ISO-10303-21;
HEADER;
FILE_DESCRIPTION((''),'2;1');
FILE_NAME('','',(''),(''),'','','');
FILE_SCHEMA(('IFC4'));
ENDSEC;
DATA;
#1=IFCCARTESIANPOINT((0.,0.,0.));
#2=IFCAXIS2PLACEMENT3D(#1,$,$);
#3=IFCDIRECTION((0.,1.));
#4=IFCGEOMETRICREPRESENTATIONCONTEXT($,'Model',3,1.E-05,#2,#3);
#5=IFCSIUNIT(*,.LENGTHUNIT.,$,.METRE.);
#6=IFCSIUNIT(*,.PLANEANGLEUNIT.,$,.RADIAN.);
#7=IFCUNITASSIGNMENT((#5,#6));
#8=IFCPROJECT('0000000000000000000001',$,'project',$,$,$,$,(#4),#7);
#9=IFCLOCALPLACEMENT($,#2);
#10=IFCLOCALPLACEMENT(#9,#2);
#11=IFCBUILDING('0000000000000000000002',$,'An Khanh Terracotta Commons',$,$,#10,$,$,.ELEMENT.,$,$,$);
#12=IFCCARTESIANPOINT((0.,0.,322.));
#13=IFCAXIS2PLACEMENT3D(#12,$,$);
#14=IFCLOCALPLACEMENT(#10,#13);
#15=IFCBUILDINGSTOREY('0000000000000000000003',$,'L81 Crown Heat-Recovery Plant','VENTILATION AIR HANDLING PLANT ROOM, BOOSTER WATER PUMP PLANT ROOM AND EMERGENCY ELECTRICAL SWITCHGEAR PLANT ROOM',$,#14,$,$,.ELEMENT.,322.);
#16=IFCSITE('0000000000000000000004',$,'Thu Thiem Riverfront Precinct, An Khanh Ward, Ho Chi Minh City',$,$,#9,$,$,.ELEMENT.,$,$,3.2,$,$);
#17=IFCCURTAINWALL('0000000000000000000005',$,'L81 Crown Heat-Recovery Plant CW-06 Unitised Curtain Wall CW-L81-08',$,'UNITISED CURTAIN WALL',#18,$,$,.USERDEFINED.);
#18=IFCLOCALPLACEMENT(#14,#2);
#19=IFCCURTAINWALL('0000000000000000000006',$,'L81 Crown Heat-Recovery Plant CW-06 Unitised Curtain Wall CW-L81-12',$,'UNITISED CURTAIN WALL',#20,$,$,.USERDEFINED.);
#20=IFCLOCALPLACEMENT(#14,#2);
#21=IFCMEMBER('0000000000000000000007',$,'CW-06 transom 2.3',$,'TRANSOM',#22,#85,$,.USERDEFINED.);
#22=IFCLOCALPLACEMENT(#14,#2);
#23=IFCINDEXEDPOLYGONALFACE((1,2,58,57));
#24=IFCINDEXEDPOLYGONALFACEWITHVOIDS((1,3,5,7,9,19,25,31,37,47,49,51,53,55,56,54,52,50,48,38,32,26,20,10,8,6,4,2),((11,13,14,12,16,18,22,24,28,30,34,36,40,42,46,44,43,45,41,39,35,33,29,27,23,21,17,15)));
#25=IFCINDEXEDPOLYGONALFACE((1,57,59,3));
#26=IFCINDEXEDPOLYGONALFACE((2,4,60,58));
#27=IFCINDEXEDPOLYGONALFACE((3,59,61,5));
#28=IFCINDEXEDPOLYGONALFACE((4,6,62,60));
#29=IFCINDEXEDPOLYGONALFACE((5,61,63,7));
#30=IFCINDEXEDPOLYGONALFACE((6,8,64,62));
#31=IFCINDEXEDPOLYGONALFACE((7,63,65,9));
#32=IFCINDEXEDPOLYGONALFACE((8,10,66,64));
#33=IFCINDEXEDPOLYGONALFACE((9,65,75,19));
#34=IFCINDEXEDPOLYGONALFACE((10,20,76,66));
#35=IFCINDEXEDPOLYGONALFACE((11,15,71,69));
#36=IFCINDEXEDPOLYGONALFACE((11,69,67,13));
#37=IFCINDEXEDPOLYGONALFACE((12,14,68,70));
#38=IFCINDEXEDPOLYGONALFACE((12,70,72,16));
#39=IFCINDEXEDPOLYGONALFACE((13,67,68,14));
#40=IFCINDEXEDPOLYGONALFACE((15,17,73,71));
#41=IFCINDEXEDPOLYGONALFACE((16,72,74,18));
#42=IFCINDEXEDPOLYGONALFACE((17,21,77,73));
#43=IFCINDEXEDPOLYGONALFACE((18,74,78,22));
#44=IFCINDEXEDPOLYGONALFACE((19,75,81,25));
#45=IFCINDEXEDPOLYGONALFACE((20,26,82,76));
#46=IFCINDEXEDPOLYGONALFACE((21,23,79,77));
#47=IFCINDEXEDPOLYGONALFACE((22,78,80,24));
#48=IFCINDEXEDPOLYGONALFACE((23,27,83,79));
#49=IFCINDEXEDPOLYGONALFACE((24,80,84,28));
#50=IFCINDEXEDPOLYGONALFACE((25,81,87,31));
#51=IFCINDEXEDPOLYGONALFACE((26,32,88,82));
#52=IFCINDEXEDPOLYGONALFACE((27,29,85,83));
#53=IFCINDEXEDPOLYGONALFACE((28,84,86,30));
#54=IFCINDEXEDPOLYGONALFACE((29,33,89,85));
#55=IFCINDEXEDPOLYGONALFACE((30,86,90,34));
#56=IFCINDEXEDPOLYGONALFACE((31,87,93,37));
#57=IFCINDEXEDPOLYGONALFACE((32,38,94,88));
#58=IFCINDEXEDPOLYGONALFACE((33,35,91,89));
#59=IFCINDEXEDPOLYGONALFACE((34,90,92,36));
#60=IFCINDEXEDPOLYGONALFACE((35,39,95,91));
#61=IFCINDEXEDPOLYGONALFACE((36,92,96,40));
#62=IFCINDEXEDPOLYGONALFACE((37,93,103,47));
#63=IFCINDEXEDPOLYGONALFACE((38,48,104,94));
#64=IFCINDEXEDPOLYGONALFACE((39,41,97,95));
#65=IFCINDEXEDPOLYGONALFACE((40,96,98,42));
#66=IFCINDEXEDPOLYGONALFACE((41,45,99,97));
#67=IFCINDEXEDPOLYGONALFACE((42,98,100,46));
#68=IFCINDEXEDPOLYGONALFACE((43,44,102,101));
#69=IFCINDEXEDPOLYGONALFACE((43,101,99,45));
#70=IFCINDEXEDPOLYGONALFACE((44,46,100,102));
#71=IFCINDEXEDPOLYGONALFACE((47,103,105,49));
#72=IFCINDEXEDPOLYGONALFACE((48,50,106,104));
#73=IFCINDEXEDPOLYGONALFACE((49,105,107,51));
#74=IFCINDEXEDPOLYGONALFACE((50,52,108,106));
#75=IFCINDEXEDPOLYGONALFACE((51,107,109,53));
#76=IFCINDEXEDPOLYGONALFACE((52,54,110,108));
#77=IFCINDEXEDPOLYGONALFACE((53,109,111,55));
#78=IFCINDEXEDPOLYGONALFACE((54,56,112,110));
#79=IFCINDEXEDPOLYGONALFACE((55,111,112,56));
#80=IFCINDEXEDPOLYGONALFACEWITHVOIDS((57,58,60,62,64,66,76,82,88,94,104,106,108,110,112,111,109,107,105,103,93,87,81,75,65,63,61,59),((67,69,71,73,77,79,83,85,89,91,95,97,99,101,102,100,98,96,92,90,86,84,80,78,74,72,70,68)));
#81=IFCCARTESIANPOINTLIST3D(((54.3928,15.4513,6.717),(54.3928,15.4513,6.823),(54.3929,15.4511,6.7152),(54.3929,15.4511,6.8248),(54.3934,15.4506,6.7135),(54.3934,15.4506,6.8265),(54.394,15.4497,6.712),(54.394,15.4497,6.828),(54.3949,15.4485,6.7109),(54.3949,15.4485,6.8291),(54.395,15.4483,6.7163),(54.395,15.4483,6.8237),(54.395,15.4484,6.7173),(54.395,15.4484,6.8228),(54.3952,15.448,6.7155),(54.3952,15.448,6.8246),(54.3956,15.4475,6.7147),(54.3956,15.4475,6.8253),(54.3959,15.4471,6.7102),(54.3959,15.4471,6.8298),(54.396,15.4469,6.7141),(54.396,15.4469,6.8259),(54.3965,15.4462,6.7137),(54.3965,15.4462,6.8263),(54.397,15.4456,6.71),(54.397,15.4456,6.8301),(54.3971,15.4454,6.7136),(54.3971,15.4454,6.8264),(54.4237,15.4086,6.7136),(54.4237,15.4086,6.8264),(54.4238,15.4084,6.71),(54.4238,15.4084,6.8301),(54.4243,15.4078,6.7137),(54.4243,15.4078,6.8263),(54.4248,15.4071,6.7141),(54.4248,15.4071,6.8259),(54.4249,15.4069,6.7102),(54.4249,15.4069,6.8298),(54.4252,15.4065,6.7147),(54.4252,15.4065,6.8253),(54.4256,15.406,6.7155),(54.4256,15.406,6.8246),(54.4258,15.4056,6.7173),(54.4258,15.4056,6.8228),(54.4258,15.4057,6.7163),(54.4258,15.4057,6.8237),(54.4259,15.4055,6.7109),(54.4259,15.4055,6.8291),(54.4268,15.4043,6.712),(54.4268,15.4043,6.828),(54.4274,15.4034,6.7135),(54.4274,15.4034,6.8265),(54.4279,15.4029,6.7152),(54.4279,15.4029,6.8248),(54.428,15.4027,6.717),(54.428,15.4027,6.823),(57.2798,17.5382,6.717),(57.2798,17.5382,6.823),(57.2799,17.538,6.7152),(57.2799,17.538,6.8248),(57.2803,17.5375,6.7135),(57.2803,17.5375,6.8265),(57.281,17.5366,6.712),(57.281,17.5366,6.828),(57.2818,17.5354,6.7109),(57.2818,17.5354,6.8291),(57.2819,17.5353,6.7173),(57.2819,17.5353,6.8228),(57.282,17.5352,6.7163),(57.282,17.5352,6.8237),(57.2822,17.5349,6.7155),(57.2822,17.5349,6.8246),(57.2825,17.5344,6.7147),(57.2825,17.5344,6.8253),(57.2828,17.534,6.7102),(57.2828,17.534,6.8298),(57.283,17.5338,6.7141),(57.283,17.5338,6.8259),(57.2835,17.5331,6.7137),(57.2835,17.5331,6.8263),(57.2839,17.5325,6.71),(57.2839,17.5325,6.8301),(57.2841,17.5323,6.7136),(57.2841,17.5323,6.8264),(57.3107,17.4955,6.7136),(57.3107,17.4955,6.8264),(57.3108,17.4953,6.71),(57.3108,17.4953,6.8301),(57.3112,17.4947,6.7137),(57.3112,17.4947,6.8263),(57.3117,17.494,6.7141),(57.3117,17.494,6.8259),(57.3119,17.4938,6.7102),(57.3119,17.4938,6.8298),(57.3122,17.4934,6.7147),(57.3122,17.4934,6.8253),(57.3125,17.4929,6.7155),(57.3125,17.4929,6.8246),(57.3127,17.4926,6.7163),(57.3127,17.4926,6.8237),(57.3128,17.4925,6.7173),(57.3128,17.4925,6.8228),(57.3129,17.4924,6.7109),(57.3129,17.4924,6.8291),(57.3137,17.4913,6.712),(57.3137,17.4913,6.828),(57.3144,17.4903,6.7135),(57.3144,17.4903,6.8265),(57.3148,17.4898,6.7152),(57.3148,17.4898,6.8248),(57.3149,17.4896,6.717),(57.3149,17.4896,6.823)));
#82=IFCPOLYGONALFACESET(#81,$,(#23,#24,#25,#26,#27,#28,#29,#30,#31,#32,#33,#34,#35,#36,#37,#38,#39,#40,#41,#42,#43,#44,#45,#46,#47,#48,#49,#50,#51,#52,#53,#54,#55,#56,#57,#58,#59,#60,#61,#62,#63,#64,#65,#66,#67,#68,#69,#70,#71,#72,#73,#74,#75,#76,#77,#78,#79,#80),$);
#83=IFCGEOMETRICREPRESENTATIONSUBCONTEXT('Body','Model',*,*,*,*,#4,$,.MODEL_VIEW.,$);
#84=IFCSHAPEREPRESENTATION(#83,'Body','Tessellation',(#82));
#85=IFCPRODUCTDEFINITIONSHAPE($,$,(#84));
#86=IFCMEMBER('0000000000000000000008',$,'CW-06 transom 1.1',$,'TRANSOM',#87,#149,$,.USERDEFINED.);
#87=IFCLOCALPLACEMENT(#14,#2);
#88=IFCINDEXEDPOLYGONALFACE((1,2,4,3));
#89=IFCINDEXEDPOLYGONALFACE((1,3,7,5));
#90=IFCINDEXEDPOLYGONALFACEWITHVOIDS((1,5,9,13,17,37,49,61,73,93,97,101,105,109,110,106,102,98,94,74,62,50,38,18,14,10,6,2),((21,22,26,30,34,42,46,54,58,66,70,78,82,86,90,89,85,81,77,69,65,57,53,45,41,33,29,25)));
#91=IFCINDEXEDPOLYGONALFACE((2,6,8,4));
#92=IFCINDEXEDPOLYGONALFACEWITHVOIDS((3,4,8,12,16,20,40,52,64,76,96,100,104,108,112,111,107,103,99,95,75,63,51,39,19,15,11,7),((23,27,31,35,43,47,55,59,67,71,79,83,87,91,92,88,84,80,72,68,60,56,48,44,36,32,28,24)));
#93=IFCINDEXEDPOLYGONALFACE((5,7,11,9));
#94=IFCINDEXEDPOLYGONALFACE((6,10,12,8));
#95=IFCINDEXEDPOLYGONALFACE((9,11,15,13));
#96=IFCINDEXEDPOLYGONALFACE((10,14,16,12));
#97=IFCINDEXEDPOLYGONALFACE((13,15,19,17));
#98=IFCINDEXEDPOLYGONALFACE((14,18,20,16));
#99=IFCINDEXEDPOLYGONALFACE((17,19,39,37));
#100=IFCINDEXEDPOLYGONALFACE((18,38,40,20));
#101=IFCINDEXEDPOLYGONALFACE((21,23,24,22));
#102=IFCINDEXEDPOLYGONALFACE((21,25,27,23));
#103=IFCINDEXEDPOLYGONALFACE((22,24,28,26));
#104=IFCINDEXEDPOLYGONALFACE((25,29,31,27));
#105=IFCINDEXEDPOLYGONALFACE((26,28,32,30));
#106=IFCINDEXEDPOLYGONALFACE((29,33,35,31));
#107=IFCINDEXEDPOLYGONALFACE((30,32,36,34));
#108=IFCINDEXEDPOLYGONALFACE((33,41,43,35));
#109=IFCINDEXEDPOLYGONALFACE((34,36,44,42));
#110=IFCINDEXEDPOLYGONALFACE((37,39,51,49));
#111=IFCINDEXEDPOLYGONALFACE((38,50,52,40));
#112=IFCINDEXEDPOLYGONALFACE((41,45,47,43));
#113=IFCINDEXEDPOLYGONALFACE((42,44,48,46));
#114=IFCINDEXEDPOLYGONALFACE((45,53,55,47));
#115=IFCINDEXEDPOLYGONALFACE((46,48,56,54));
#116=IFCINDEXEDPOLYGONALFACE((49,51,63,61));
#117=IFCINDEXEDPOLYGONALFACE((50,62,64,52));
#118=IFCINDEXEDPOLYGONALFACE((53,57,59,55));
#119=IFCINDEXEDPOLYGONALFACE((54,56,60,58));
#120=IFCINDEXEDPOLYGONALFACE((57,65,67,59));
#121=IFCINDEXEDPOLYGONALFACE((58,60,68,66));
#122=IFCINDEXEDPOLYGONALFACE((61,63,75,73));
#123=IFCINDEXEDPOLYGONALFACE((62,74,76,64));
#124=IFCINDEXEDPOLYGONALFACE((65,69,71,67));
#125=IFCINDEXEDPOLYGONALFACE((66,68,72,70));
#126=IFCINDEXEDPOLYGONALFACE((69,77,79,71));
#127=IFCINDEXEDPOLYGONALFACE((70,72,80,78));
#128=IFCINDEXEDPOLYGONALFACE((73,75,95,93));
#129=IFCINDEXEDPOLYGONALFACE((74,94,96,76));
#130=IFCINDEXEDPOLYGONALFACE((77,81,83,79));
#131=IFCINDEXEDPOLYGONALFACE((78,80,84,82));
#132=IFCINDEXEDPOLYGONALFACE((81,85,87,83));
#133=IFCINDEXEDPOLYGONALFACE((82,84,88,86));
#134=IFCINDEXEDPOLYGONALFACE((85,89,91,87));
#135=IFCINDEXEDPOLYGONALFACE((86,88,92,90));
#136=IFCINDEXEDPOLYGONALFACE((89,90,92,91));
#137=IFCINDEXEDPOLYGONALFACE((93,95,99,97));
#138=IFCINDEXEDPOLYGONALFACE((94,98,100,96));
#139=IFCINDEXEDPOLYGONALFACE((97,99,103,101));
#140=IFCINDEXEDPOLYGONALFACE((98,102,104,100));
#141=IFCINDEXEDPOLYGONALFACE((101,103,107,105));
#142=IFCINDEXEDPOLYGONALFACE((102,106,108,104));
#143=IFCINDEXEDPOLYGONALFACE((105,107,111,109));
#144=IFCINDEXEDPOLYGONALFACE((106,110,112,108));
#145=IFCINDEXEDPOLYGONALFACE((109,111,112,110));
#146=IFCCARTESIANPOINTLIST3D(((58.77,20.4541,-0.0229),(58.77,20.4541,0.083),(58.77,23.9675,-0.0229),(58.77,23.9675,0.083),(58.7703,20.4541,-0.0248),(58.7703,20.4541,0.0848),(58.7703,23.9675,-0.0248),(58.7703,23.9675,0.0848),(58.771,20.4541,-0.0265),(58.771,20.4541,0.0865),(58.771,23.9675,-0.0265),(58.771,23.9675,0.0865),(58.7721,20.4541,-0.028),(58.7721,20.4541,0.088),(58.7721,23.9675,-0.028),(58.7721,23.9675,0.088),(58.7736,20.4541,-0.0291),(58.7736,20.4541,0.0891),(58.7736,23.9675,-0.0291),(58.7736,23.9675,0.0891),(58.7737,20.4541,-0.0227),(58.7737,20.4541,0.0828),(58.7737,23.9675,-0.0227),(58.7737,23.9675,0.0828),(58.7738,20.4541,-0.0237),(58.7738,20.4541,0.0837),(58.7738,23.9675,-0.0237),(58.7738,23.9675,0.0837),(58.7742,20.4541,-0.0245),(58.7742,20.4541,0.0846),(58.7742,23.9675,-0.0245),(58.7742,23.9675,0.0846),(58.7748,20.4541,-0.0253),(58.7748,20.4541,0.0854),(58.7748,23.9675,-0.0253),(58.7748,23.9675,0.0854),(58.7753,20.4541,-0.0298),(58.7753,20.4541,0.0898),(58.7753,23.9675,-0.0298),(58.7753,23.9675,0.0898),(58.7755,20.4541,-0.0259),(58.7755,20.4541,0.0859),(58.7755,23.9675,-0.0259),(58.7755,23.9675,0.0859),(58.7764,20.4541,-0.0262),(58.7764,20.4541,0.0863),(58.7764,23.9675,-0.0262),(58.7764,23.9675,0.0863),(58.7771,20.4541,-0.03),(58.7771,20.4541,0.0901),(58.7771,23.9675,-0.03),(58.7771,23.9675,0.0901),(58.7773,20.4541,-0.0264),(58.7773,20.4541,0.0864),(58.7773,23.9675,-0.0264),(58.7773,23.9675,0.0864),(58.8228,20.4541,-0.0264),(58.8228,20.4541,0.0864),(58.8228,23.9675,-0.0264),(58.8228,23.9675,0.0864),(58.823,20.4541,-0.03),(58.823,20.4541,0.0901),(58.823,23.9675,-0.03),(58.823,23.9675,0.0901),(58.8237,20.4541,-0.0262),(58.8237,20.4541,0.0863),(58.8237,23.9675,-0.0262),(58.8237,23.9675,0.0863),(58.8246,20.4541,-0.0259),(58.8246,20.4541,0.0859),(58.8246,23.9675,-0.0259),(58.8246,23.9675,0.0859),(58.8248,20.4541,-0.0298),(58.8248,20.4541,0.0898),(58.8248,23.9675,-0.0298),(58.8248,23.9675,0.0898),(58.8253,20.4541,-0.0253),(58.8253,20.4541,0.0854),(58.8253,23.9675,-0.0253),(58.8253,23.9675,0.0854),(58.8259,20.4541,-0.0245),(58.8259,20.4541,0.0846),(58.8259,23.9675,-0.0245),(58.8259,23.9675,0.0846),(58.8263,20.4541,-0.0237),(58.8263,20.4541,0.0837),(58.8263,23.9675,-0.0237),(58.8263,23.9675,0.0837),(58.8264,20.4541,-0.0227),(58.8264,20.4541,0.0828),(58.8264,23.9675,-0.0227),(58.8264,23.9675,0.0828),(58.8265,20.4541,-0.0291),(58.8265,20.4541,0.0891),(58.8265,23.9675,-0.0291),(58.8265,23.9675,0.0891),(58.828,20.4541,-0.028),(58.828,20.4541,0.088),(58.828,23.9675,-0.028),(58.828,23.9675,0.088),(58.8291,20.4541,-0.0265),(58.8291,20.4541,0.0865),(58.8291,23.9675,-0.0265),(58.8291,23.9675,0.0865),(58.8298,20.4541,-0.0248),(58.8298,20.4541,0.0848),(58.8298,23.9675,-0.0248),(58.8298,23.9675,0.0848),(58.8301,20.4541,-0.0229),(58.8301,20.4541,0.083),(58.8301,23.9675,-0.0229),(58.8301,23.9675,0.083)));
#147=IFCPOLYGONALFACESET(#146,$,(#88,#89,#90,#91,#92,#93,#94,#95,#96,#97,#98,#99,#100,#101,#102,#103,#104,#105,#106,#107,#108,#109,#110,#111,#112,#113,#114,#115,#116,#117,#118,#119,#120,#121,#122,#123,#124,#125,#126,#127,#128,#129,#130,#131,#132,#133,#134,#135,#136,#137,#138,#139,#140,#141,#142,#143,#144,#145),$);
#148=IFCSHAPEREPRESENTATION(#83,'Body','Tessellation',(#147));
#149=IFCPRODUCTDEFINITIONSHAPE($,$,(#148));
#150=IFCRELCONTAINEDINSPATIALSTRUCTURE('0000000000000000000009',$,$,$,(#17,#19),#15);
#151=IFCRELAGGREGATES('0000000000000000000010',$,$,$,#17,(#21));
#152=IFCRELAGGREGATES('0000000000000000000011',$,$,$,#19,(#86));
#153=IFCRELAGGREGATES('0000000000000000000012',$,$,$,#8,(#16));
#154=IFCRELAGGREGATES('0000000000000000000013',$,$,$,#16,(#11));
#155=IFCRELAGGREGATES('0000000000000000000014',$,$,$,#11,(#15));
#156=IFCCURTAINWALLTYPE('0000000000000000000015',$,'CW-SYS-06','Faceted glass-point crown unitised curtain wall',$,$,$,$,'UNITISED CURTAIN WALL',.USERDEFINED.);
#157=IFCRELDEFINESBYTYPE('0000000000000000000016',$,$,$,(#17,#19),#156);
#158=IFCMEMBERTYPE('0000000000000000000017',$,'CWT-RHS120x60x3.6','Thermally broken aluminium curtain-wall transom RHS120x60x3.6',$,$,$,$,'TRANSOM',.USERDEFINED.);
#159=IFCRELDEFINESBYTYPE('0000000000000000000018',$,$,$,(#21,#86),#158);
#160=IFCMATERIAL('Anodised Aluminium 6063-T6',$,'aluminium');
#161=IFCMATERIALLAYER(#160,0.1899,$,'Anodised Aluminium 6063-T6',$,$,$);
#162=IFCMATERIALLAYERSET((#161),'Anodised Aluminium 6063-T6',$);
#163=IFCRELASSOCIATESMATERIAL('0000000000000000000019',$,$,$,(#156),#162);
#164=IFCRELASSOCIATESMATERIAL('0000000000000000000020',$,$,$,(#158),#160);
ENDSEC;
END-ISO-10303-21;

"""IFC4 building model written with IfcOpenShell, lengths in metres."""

from ifc_helpers import new_model, si_unit, direction, frame, origin, origin_2d, place, context, subcontext, project, spatial, hollow_rectangle, extrude, material, layer, layer_set, material_profile, profile_set, type_object, element, aggregate, save


model = new_model("IFC4")

# Units and contexts
model_context = context("Model", 3, precision=1e-05, world=origin(), true_north=direction((0.0, 1.0)))
body_context = subcontext(model_context, "Body", "Model", "MODEL_VIEW")
ifc_project = project(units=[si_unit("LENGTHUNIT", "METRE"), si_unit("PLANEANGLEUNIT", "RADIAN")], contexts=[model_context])

# Site, building, storey
site_placement = place(None, origin())
site = spatial("IfcSite", under=ifc_project, at=site_placement, Name="Thu Thiem Riverfront Precinct, An Khanh Ward, Ho Chi Minh City", CompositionType="ELEMENT", RefElevation=3.2)
building_placement = place(site_placement, origin())
building = spatial("IfcBuilding", under=site, at=building_placement, Name="An Khanh Terracotta Commons", CompositionType="ELEMENT")
storey_placement = place(building_placement, frame((0.0, 0.0, 322.0)))
storey = spatial("IfcBuildingStorey", under=building, at=storey_placement, Name="L81 Crown Heat-Recovery Plant", Description="VENTILATION AIR HANDLING PLANT ROOM, BOOSTER WATER PUMP PLANT ROOM AND EMERGENCY ELECTRICAL SWITCHGEAR PLANT ROOM", CompositionType="ELEMENT", Elevation=322.0)

# Shared definitions
ifc_material_1 = material(Name="Anodised Aluminium 6063-T6", Category="aluminium")
ifc_layer_1 = layer(ifc_material_1, 0.1899, Name="Anodised Aluminium 6063-T6")
ifc_layer_set_1 = layer_set([ifc_layer_1], Name="Anodised Aluminium 6063-T6")
curtain_wall_type = type_object("IfcCurtainWallType", Name="CW-SYS-06", Description="Faceted glass-point crown unitised curtain wall", ElementType="UNITISED CURTAIN WALL", PredefinedType="USERDEFINED", material=ifc_layer_set_1)

# Curtain wall
curtain_wall_1_placement = place(storey_placement, origin())
curtain_wall_1 = element("IfcCurtainWall", 1, at=curtain_wall_1_placement, inside=storey, type_object=curtain_wall_type, Name="L81 Crown Heat-Recovery Plant CW-06 Unitised Curtain Wall CW-L81-08", ObjectType="UNITISED CURTAIN WALL", PredefinedType="USERDEFINED")

# Curtain wall
curtain_wall_2_placement = place(storey_placement, origin())
curtain_wall_2 = element("IfcCurtainWall", 2, at=curtain_wall_2_placement, inside=storey, type_object=curtain_wall_type, Name="L81 Crown Heat-Recovery Plant CW-06 Unitised Curtain Wall CW-L81-12", ObjectType="UNITISED CURTAIN WALL", PredefinedType="USERDEFINED")

# Members
ifc_material_profile_1 = material_profile(ifc_material_1, hollow_rectangle(XDim=0.0601, YDim=0.1201, WallThickness=0.0037, InnerFilletRadius=0.0037, OuterFilletRadius=0.0071, at=origin_2d()), Name="RHS120x60x3.6")
ifc_profile_set_1 = profile_set([ifc_material_profile_1], Name="Anodised Aluminium 6063-T6")
member_type_1 = type_object("IfcMemberType", Name="CWT-RHS120x60x3.6", Description="Thermally broken aluminium curtain-wall transom RHS120x60x3.6", ElementType="TRANSOM", PredefinedType="USERDEFINED", material=ifc_profile_set_1)
member_1_placement = place(storey_placement, frame((54.4104, 15.427, 6.77), z_axis=(0.810428, 0.585838, 0.0), x_axis=(-0.585838, 0.810428, 0.0)))
member_1 = element("IfcMember", 3, at=member_1_placement, type_object=member_type_1, Name="CW-06 transom 2.3", ObjectType="TRANSOM", PredefinedType="USERDEFINED", context=body_context, shape_type="SweptSolid", body=[
    extrude(hollow_rectangle(XDim=0.0601, YDim=0.1201, WallThickness=0.0037, InnerFilletRadius=0.0037, OuterFilletRadius=0.0071, at=origin_2d()), origin(), (0.0, 0.0, 1.0), 3.5623),
])
member_2_placement = place(storey_placement, frame((58.8, 20.4541, 0.03), z_axis=(0.0, 1.0, 0.0), x_axis=(-1.0, 0.0, 0.0)))
member_2 = element("IfcMember", 4, at=member_2_placement, type_object=member_type_1, Name="CW-06 transom 1.1", ObjectType="TRANSOM", PredefinedType="USERDEFINED", context=body_context, shape_type="SweptSolid", body=[
    extrude(hollow_rectangle(XDim=0.0601, YDim=0.1201, WallThickness=0.0037, InnerFilletRadius=0.0037, OuterFilletRadius=0.0071, at=origin_2d()), origin(), (0.0, 0.0, 1.0), 3.5134),
])

aggregate(curtain_wall_1, [member_1])
aggregate(curtain_wall_2, [member_2])

save(model, "model.ifc")
